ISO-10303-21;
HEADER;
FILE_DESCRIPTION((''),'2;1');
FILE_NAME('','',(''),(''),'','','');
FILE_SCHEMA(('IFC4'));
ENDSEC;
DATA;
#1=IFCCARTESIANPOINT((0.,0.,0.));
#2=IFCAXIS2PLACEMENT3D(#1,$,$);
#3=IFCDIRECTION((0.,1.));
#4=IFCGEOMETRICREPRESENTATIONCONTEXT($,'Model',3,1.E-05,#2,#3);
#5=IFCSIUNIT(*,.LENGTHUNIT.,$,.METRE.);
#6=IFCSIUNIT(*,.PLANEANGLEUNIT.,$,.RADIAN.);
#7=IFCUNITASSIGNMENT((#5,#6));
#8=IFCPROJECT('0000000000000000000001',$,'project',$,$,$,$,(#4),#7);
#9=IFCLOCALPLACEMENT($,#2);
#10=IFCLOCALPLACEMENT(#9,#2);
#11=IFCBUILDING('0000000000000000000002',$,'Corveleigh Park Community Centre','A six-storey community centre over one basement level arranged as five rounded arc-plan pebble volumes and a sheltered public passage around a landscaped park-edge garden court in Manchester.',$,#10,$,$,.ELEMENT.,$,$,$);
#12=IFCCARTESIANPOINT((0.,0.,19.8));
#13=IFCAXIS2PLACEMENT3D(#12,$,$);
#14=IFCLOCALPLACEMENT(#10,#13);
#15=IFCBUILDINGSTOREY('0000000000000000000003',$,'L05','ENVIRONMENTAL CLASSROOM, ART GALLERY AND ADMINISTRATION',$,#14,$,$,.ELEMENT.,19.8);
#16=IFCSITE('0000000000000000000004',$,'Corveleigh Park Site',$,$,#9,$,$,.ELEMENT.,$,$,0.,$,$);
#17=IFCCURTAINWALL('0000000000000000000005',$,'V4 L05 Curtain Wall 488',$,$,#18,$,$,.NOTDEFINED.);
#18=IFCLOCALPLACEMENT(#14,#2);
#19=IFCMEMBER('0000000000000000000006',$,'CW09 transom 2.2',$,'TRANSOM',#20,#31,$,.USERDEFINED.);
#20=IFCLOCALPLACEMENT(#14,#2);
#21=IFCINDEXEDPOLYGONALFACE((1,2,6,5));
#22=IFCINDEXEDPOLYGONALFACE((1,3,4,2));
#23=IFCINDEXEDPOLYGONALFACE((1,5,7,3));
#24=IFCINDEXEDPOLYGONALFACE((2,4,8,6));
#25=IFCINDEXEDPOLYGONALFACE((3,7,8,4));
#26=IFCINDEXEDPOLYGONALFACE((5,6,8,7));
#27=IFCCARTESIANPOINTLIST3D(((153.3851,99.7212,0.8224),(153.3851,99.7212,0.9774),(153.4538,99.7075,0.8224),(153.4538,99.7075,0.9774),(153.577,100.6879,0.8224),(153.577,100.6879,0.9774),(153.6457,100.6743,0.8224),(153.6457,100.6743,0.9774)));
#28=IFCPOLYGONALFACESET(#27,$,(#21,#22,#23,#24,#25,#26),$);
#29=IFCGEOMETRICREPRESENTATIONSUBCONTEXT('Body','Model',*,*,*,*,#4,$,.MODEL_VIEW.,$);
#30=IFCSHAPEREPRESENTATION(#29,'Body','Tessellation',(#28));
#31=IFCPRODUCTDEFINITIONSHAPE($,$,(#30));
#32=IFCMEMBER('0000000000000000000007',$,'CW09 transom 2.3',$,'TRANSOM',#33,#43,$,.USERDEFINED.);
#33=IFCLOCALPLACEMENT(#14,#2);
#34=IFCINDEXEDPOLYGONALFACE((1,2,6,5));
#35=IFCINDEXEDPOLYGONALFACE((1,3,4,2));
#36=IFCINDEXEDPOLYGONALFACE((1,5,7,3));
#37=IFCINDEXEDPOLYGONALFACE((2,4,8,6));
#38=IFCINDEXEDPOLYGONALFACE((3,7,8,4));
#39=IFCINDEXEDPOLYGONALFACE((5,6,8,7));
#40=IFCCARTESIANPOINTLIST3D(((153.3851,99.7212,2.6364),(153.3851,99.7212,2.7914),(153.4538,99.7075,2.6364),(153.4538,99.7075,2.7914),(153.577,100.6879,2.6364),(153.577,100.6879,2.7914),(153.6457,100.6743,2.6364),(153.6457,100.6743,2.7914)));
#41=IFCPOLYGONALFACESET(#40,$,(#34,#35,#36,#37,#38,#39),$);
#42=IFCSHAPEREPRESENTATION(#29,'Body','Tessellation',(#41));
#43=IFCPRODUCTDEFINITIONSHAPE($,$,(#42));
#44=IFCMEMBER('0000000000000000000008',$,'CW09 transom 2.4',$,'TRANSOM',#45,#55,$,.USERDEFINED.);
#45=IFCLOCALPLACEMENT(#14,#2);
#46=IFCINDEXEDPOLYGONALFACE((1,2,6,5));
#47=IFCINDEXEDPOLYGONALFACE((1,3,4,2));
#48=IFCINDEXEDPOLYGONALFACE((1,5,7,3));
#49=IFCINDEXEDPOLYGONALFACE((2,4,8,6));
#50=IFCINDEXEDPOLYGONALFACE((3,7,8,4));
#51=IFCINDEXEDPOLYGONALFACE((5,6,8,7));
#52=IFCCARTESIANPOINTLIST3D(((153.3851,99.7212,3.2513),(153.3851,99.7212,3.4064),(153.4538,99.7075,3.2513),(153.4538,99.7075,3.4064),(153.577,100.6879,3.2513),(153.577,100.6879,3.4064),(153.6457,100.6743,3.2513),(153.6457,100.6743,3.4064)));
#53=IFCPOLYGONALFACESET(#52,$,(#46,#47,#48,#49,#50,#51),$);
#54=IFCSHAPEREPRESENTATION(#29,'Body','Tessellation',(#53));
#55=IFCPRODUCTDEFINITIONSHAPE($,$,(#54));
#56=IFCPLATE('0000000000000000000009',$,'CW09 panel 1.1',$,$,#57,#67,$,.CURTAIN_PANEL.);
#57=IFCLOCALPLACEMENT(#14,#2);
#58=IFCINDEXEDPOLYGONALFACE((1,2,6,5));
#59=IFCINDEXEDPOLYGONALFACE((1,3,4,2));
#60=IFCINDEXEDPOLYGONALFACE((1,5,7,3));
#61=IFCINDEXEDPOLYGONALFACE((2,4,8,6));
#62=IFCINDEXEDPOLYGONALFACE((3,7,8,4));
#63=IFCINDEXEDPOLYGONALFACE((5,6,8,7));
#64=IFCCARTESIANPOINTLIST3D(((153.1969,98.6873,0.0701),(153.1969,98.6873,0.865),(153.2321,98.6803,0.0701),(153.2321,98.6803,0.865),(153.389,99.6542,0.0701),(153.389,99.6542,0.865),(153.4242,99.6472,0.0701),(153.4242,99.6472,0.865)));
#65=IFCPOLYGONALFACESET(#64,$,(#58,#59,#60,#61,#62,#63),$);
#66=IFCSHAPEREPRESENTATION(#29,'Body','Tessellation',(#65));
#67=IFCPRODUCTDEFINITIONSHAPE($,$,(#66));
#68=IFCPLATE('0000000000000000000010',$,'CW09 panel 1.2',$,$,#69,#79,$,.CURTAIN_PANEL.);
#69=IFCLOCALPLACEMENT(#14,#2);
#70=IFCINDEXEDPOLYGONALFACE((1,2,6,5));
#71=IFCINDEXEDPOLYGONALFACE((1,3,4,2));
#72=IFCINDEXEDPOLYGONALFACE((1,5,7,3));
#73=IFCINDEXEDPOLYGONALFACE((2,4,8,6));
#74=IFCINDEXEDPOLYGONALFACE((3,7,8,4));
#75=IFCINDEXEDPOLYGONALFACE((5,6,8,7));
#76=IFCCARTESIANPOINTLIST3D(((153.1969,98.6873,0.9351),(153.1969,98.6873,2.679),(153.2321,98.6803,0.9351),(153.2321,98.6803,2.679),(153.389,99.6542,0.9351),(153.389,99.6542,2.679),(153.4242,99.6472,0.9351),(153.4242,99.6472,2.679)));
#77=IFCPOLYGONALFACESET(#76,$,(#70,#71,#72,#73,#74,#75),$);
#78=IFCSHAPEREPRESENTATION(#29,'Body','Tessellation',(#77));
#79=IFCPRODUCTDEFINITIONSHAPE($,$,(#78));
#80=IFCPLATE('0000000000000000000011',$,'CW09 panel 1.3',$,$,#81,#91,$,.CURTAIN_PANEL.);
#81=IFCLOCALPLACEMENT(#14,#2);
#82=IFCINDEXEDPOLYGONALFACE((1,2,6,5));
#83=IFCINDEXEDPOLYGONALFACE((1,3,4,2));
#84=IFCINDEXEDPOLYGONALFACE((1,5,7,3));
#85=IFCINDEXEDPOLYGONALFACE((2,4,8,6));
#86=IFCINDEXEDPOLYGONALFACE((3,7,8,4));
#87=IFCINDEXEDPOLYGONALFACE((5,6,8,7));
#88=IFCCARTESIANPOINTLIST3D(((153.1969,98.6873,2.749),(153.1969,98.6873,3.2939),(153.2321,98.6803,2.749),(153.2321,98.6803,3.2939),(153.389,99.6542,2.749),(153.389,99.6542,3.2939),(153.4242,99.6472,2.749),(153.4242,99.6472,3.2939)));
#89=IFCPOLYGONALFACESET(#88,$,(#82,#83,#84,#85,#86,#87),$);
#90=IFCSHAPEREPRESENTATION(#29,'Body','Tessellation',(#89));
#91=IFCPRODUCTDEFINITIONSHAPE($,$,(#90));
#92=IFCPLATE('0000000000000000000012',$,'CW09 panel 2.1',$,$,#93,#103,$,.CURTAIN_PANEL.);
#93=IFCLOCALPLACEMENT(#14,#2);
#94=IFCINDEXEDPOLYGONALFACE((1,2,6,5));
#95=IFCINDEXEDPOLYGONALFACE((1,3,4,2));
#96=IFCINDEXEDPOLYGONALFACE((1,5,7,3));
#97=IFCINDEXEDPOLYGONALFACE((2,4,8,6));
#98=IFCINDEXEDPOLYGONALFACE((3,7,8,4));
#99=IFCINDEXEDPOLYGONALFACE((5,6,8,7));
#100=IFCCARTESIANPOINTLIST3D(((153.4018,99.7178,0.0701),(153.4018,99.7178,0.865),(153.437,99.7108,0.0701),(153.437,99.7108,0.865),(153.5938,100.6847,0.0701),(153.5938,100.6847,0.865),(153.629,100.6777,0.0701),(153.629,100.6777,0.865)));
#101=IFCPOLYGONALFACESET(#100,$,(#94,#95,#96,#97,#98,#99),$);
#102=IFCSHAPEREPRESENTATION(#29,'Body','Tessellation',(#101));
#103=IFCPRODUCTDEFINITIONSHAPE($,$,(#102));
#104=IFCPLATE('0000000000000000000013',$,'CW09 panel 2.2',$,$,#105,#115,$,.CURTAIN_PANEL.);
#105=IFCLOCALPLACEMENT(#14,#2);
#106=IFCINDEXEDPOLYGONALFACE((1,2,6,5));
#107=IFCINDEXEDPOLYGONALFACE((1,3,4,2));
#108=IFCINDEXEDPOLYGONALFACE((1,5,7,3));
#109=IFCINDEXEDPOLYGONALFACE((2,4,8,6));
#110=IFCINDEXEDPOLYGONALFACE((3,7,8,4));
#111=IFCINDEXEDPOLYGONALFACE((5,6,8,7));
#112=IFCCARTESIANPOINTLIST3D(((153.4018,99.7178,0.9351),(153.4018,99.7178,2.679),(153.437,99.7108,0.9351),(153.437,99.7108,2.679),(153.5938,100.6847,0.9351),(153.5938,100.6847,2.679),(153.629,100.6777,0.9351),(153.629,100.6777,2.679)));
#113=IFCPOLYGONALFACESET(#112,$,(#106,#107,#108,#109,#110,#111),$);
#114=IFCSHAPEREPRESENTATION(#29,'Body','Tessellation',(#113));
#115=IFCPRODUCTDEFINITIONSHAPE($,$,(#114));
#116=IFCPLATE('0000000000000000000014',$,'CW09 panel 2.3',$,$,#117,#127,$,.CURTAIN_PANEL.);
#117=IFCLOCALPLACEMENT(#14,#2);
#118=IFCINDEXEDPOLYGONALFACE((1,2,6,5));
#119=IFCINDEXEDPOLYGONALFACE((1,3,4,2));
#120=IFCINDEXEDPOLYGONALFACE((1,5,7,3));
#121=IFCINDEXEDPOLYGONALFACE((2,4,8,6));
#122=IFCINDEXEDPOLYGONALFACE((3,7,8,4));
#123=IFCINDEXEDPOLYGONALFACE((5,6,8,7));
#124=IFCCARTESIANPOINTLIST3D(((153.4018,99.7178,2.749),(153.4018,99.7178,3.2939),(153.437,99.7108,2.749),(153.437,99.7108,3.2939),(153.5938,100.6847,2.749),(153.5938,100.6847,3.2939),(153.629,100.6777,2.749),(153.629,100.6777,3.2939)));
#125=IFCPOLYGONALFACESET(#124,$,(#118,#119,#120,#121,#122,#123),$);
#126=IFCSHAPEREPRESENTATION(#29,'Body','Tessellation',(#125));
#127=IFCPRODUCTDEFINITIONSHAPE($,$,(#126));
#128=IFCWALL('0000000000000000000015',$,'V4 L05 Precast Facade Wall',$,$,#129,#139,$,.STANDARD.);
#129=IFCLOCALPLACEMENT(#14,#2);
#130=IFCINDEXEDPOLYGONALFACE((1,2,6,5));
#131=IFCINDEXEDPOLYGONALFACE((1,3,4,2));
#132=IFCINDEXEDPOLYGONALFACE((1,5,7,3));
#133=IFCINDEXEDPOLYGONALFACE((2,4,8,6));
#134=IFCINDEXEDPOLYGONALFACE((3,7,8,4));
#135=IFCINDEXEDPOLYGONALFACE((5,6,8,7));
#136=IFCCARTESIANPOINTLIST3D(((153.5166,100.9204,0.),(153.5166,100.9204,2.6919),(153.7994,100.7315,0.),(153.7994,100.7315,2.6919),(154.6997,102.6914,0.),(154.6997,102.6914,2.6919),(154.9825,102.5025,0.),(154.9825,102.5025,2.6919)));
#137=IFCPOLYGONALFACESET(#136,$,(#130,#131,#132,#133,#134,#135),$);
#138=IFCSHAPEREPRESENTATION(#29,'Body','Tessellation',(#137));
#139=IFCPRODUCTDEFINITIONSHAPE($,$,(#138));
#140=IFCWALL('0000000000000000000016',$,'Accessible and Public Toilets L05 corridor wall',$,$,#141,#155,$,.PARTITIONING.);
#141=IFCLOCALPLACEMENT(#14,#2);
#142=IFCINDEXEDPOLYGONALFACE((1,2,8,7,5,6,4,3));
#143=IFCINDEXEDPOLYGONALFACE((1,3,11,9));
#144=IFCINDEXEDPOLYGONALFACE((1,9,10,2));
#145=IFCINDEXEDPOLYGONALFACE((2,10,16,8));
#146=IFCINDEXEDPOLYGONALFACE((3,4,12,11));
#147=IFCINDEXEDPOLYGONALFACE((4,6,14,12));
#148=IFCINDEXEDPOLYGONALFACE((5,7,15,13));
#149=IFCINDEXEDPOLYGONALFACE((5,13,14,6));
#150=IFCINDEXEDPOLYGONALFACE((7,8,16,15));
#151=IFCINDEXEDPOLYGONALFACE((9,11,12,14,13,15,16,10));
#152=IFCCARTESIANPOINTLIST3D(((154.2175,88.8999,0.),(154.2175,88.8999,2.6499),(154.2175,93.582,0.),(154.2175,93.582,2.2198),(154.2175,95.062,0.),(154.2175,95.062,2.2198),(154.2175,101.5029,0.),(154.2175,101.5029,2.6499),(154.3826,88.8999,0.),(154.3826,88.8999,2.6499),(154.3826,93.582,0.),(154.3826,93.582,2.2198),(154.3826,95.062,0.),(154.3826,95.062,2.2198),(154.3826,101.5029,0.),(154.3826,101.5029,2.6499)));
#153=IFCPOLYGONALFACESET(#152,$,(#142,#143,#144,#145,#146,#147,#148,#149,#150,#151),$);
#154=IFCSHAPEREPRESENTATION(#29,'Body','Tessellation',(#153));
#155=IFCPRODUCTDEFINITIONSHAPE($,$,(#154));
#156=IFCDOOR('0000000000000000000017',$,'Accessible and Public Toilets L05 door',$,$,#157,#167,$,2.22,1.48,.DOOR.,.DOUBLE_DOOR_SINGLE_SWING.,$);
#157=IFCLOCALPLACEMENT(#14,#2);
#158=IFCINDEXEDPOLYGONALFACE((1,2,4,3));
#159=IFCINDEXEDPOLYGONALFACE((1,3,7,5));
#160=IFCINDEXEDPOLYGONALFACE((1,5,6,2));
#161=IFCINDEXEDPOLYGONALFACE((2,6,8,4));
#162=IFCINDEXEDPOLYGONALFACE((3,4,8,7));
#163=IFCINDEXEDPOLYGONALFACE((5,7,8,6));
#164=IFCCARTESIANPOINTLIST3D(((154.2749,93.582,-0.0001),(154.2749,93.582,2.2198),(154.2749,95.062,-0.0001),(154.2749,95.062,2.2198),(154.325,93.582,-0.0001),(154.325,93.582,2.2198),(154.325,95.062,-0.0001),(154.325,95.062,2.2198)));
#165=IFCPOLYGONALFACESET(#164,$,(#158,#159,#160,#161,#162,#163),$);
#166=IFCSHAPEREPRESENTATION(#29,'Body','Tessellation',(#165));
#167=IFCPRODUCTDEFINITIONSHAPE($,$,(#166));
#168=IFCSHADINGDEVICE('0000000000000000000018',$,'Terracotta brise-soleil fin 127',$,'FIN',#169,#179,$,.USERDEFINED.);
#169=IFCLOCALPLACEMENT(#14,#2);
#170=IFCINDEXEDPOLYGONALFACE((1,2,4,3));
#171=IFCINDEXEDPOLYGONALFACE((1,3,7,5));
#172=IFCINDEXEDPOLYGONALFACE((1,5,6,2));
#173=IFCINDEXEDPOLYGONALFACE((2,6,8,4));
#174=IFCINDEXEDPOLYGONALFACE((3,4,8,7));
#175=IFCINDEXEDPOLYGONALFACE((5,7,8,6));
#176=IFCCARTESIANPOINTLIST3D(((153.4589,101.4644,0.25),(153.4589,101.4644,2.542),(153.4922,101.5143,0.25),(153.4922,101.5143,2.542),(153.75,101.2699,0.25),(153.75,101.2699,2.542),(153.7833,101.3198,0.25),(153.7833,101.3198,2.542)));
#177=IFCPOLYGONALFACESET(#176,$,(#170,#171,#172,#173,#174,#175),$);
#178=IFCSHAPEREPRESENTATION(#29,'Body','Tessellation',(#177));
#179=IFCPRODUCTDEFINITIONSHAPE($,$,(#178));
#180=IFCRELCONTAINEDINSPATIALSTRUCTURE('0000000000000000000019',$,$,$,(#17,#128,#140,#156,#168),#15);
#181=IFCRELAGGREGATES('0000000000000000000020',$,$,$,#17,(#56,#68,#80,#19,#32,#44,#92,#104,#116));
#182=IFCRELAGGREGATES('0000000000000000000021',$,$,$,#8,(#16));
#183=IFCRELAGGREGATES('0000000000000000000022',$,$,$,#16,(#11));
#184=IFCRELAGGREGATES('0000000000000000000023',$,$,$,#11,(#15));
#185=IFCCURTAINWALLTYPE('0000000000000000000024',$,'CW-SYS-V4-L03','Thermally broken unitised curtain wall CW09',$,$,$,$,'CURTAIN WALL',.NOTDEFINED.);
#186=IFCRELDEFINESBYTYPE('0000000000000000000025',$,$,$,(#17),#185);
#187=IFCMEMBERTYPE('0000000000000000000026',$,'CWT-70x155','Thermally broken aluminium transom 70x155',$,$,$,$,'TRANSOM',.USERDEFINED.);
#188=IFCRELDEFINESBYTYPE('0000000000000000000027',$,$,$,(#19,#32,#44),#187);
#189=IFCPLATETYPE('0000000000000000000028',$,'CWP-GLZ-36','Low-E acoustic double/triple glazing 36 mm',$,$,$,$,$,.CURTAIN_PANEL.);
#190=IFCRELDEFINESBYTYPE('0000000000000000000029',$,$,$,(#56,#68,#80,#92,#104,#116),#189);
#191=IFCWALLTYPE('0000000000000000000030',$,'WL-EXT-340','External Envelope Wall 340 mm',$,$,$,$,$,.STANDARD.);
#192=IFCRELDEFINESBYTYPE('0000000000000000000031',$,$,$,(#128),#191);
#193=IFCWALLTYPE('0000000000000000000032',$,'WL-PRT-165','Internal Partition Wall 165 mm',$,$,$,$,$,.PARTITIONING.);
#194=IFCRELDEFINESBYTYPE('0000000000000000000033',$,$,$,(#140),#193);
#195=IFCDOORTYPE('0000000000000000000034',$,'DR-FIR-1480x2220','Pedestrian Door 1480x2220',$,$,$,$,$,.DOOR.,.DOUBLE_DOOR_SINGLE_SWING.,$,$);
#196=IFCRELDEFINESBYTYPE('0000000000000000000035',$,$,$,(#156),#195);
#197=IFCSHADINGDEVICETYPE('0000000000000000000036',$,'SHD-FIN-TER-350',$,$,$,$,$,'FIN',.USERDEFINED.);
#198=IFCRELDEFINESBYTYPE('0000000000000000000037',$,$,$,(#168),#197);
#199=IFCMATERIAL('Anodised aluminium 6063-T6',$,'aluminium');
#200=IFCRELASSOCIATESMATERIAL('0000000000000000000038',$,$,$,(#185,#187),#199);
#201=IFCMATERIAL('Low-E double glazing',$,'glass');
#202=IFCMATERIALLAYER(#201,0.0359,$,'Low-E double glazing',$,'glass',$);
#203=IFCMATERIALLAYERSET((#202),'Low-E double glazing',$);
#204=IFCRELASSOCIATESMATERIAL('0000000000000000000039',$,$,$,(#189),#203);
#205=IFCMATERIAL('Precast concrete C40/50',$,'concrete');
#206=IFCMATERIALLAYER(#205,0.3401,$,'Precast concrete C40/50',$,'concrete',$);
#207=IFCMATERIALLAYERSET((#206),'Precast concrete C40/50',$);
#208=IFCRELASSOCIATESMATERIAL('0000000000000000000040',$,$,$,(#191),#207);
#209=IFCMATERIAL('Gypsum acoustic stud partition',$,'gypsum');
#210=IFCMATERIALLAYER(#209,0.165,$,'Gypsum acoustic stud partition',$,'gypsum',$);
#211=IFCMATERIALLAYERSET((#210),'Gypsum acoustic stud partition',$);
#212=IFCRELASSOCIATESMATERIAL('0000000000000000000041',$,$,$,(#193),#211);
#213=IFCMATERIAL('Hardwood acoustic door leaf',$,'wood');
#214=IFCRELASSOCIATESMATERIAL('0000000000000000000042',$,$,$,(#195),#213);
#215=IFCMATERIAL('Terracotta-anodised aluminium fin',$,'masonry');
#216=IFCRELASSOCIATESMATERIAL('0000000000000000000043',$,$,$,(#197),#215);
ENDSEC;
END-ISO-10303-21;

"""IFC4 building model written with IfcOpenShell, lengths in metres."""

from ifc_helpers import new_model, si_unit, direction, frame, frame_2d, origin, origin_2d, place, context, subcontext, project, spatial, rectangle, extrude, material, layer, layer_set, material_profile, profile_set, type_object, element, fill, aggregate, save


model = new_model("IFC4")

# Units and contexts
model_context = context("Model", 3, precision=1e-05, world=origin(), true_north=direction((0.0, 1.0)))
body_context = subcontext(model_context, "Body", "Model", "MODEL_VIEW")
ifc_project = project(units=[si_unit("LENGTHUNIT", "METRE"), si_unit("PLANEANGLEUNIT", "RADIAN")], contexts=[model_context])

# Site, building, storey
site_placement = place(None, origin())
site = spatial("IfcSite", under=ifc_project, at=site_placement, Name="Corveleigh Park Site", CompositionType="ELEMENT", RefElevation=0.0)
building_placement = place(site_placement, origin())
building = spatial("IfcBuilding", under=site, at=building_placement, Name="Corveleigh Park Community Centre", Description="A six-storey community centre over one basement level arranged as five rounded arc-plan pebble volumes and a sheltered public passage around a landscaped park-edge garden court in Manchester.", CompositionType="ELEMENT")
storey_placement = place(building_placement, frame((0.0, 0.0, 19.8)))
storey = spatial("IfcBuildingStorey", under=building, at=storey_placement, Name="L05", Description="ENVIRONMENTAL CLASSROOM, ART GALLERY AND ADMINISTRATION", CompositionType="ELEMENT", Elevation=19.8)

# Shared definitions
ifc_material_1 = material(Name="Anodised aluminium 6063-T6", Category="aluminium")
curtain_wall_type = type_object("IfcCurtainWallType", Name="CW-SYS-V4-L03", Description="Thermally broken unitised curtain wall CW09", ElementType="CURTAIN WALL", PredefinedType="NOTDEFINED", material=ifc_material_1)

# Curtain wall
curtain_wall_1_placement = place(storey_placement, origin())
curtain_wall_1 = element("IfcCurtainWall", 1, at=curtain_wall_1_placement, inside=storey, type_object=curtain_wall_type, Name="V4 L05 Curtain Wall 488", PredefinedType="NOTDEFINED")

# Members
ifc_material_profile_1 = material_profile(ifc_material_1, rectangle(XDim=0.0701, YDim=0.155, at=origin_2d()), Name="ALU-T70x155", Category="aluminium")
ifc_profile_set_1 = profile_set([ifc_material_profile_1], Name="Anodised aluminium 6063-T6")
member_type_1 = type_object("IfcMemberType", Name="CWT-70x155", Description="Thermally broken aluminium transom 70x155", ElementType="TRANSOM", PredefinedType="USERDEFINED", material=ifc_profile_set_1)
member_1_placement = place(storey_placement, frame((153.4194, 99.7144, 0.8999), z_axis=(0.194687, 0.980865, 0.0), x_axis=(-0.980865, 0.194687, 0.0)))
member_1 = element("IfcMember", 2, at=member_1_placement, type_object=member_type_1, Name="CW09 transom 2.2", ObjectType="TRANSOM", PredefinedType="USERDEFINED", context=body_context, shape_type="SweptSolid", body=[
    extrude(rectangle(XDim=0.0701, YDim=0.155, at=origin_2d()), origin(), (0.0, 0.0, 1.0), 0.9856),
])
member_2_placement = place(storey_placement, frame((153.4194, 99.7144, 2.7139), z_axis=(0.194687, 0.980865, 0.0), x_axis=(-0.980865, 0.194687, 0.0)))
member_2 = element("IfcMember", 3, at=member_2_placement, type_object=member_type_1, Name="CW09 transom 2.3", ObjectType="TRANSOM", PredefinedType="USERDEFINED", context=body_context, shape_type="SweptSolid", body=[
    extrude(rectangle(XDim=0.0701, YDim=0.155, at=origin_2d()), origin(), (0.0, 0.0, 1.0), 0.9856),
])
member_3_placement = place(storey_placement, frame((153.4194, 99.7144, 3.3289), z_axis=(0.194687, 0.980865, 0.0), x_axis=(-0.980865, 0.194687, 0.0)))
member_3 = element("IfcMember", 4, at=member_3_placement, type_object=member_type_1, Name="CW09 transom 2.4", ObjectType="TRANSOM", PredefinedType="USERDEFINED", context=body_context, shape_type="SweptSolid", body=[
    extrude(rectangle(XDim=0.0701, YDim=0.155, at=origin_2d()), origin(), (0.0, 0.0, 1.0), 0.9856),
])

# Plates
ifc_material_2 = material(Name="Low-E double glazing", Category="glass")
ifc_layer_1 = layer(ifc_material_2, 0.0359, Name="Low-E double glazing", Category="glass")
ifc_layer_set_1 = layer_set([ifc_layer_1], Name="Low-E double glazing")
plate_type = type_object("IfcPlateType", Name="CWP-GLZ-36", Description="Low-E acoustic double/triple glazing 36 mm", PredefinedType="CURTAIN_PANEL", material=ifc_layer_set_1)
plate_1_placement = place(storey_placement, frame((153.3105, 99.1672, 0.0701), z_axis=(0.0, 0.0, 1.0), x_axis=(0.194784, 0.980846, 0.0)))
plate_1 = element("IfcPlate", 5, at=plate_1_placement, type_object=plate_type, Name="CW09 panel 1.1", PredefinedType="CURTAIN_PANEL", context=body_context, shape_type="SweptSolid", body=[
    extrude(rectangle(XDim=0.9858, YDim=0.0359, at=origin_2d()), origin(), (0.0, 0.0, 1.0), 0.7949),
])
plate_2_placement = place(storey_placement, frame((153.3105, 99.1672, 0.9351), z_axis=(0.0, 0.0, 1.0), x_axis=(0.194784, 0.980846, 0.0)))
plate_2 = element("IfcPlate", 6, at=plate_2_placement, type_object=plate_type, Name="CW09 panel 1.2", PredefinedType="CURTAIN_PANEL", context=body_context, shape_type="SweptSolid", body=[
    extrude(rectangle(XDim=0.9858, YDim=0.0359, at=origin_2d()), origin(), (0.0, 0.0, 1.0), 1.7439),
])
plate_3_placement = place(storey_placement, frame((153.3105, 99.1672, 2.749), z_axis=(0.0, 0.0, 1.0), x_axis=(0.194784, 0.980846, 0.0)))
plate_3 = element("IfcPlate", 7, at=plate_3_placement, type_object=plate_type, Name="CW09 panel 1.3", PredefinedType="CURTAIN_PANEL", context=body_context, shape_type="SweptSolid", body=[
    extrude(rectangle(XDim=0.9858, YDim=0.0359, at=origin_2d()), origin(), (0.0, 0.0, 1.0), 0.5449),
])
plate_4_placement = place(storey_placement, frame((153.5154, 100.1978, 0.0701), z_axis=(0.0, 0.0, 1.0), x_axis=(0.194784, 0.980846, 0.0)))
plate_4 = element("IfcPlate", 8, at=plate_4_placement, type_object=plate_type, Name="CW09 panel 2.1", PredefinedType="CURTAIN_PANEL", context=body_context, shape_type="SweptSolid", body=[
    extrude(rectangle(XDim=0.9858, YDim=0.0359, at=origin_2d()), origin(), (0.0, 0.0, 1.0), 0.7949),
])
plate_5_placement = place(storey_placement, frame((153.5154, 100.1978, 0.9351), z_axis=(0.0, 0.0, 1.0), x_axis=(0.194784, 0.980846, 0.0)))
plate_5 = element("IfcPlate", 9, at=plate_5_placement, type_object=plate_type, Name="CW09 panel 2.2", PredefinedType="CURTAIN_PANEL", context=body_context, shape_type="SweptSolid", body=[
    extrude(rectangle(XDim=0.9858, YDim=0.0359, at=origin_2d()), origin(), (0.0, 0.0, 1.0), 1.7439),
])
plate_6_placement = place(storey_placement, frame((153.5154, 100.1978, 2.749), z_axis=(0.0, 0.0, 1.0), x_axis=(0.194784, 0.980846, 0.0)))
plate_6 = element("IfcPlate", 10, at=plate_6_placement, type_object=plate_type, Name="CW09 panel 2.3", PredefinedType="CURTAIN_PANEL", context=body_context, shape_type="SweptSolid", body=[
    extrude(rectangle(XDim=0.9858, YDim=0.0359, at=origin_2d()), origin(), (0.0, 0.0, 1.0), 0.5449),
])
aggregate(curtain_wall_1, [plate_1, plate_2, plate_3, member_1, member_2, member_3, plate_4, plate_5, plate_6])

# Wall
ifc_material_3 = material(Name="Precast concrete C40/50", Category="concrete")
ifc_layer_2 = layer(ifc_material_3, 0.3401, Name="Precast concrete C40/50", Category="concrete")
ifc_layer_set_2 = layer_set([ifc_layer_2], Name="Precast concrete C40/50")
wall_type_1 = type_object("IfcWallType", Name="WL-EXT-340", Description="External Envelope Wall 340 mm", PredefinedType="STANDARD", material=ifc_layer_set_2)
wall_1_placement = place(storey_placement, frame((153.658, 100.8259, 0.0), z_axis=(0.0, 0.0, 1.0), x_axis=(0.555494, 0.831521, 0.0)))
element("IfcWall", 11, at=wall_1_placement, inside=storey, type_object=wall_type_1, Name="V4 L05 Precast Facade Wall", PredefinedType="STANDARD", context=body_context, shape_type="SweptSolid", body=[
    extrude(rectangle(XDim=2.1299, YDim=0.3401, at=frame_2d((1.0649, 0.0))), origin(), (0.0, 0.0, 1.0), 2.6919),
])

# Wall, opening, door
ifc_material_4 = material(Name="Gypsum acoustic stud partition", Category="gypsum")
ifc_layer_3 = layer(ifc_material_4, 0.165, Name="Gypsum acoustic stud partition", Category="gypsum")
ifc_layer_set_3 = layer_set([ifc_layer_3], Name="Gypsum acoustic stud partition")
wall_type_2 = type_object("IfcWallType", Name="WL-PRT-165", Description="Internal Partition Wall 165 mm", PredefinedType="PARTITIONING", material=ifc_layer_set_3)
wall_2_placement = place(storey_placement, frame((154.3, 101.5029, 0.0), z_axis=(0.0, 0.0, 1.0), x_axis=(0.0, -1.0, 0.0)))
wall_2 = element("IfcWall", 12, at=wall_2_placement, inside=storey, type_object=wall_type_2, Name="Accessible and Public Toilets L05 corridor wall", PredefinedType="PARTITIONING", context=body_context, shape_type="SweptSolid", body=[
    extrude(rectangle(XDim=12.603, YDim=0.165, at=frame_2d((6.3015, 0.0))), origin(), (0.0, 0.0, 1.0), 2.6499),
])
opening_placement = place(wall_2_placement, frame((6.4409, 0.0, 0.0)))
opening = element("IfcOpeningElement", 13, at=opening_placement, cuts=wall_2, PredefinedType="OPENING", context=body_context, shape_type="SweptSolid", body=[
    extrude(rectangle(XDim=1.48, YDim=2.22, at=frame_2d((0.74, 1.1099))), frame((0.0, 0.0925, 0.0), z_axis=(0.0, -1.0, 0.0), x_axis=(1.0, 0.0, 0.0)), (0.0, 0.0, 1.0), 0.1851),
])
ifc_material_5 = material(Name="Hardwood acoustic door leaf", Category="wood")
door_type = type_object("IfcDoorType", Name="DR-FIR-1480x2220", Description="Pedestrian Door 1480x2220", OperationType="DOUBLE_DOOR_SINGLE_SWING", PredefinedType="DOOR", material=ifc_material_5)
door_placement = place(opening_placement, origin())
door = element("IfcDoor", 14, at=door_placement, inside=storey, type_object=door_type, Name="Accessible and Public Toilets L05 door", OperationType="DOUBLE_DOOR_SINGLE_SWING", OverallHeight=2.22, OverallWidth=1.48, PredefinedType="DOOR", context=body_context, shape_type="SweptSolid", body=[
    extrude(rectangle(XDim=1.48, YDim=2.22, at=frame_2d((0.74, 1.1099))), frame((0.0, 0.0249, 0.0), z_axis=(0.0, -1.0, 0.0), x_axis=(1.0, 0.0, 0.0)), (0.0, 0.0, 1.0), 0.05),
])
fill(opening, door)

# Shading device
ifc_material_6 = material(Name="Terracotta-anodised aluminium fin", Category="masonry")
shading_device_type = type_object("IfcShadingDeviceType", Name="SHD-FIN-TER-350", ElementType="FIN", PredefinedType="USERDEFINED", material=ifc_material_6)
shading_device_placement = place(storey_placement, frame((153.6211, 101.3921, 0.25), z_axis=(0.0, 0.0, 1.0), x_axis=(-0.831544, 0.555458, 0.0)))
element("IfcShadingDevice", 15, at=shading_device_placement, inside=storey, type_object=shading_device_type, Name="Terracotta brise-soleil fin 127", ObjectType="FIN", PredefinedType="USERDEFINED", context=body_context, shape_type="SweptSolid", body=[
    extrude(rectangle(XDim=0.3501, YDim=0.0601, at=origin_2d()), origin(), (0.0, 0.0, 1.0), 2.292),
])

save(model, "model.ifc")
